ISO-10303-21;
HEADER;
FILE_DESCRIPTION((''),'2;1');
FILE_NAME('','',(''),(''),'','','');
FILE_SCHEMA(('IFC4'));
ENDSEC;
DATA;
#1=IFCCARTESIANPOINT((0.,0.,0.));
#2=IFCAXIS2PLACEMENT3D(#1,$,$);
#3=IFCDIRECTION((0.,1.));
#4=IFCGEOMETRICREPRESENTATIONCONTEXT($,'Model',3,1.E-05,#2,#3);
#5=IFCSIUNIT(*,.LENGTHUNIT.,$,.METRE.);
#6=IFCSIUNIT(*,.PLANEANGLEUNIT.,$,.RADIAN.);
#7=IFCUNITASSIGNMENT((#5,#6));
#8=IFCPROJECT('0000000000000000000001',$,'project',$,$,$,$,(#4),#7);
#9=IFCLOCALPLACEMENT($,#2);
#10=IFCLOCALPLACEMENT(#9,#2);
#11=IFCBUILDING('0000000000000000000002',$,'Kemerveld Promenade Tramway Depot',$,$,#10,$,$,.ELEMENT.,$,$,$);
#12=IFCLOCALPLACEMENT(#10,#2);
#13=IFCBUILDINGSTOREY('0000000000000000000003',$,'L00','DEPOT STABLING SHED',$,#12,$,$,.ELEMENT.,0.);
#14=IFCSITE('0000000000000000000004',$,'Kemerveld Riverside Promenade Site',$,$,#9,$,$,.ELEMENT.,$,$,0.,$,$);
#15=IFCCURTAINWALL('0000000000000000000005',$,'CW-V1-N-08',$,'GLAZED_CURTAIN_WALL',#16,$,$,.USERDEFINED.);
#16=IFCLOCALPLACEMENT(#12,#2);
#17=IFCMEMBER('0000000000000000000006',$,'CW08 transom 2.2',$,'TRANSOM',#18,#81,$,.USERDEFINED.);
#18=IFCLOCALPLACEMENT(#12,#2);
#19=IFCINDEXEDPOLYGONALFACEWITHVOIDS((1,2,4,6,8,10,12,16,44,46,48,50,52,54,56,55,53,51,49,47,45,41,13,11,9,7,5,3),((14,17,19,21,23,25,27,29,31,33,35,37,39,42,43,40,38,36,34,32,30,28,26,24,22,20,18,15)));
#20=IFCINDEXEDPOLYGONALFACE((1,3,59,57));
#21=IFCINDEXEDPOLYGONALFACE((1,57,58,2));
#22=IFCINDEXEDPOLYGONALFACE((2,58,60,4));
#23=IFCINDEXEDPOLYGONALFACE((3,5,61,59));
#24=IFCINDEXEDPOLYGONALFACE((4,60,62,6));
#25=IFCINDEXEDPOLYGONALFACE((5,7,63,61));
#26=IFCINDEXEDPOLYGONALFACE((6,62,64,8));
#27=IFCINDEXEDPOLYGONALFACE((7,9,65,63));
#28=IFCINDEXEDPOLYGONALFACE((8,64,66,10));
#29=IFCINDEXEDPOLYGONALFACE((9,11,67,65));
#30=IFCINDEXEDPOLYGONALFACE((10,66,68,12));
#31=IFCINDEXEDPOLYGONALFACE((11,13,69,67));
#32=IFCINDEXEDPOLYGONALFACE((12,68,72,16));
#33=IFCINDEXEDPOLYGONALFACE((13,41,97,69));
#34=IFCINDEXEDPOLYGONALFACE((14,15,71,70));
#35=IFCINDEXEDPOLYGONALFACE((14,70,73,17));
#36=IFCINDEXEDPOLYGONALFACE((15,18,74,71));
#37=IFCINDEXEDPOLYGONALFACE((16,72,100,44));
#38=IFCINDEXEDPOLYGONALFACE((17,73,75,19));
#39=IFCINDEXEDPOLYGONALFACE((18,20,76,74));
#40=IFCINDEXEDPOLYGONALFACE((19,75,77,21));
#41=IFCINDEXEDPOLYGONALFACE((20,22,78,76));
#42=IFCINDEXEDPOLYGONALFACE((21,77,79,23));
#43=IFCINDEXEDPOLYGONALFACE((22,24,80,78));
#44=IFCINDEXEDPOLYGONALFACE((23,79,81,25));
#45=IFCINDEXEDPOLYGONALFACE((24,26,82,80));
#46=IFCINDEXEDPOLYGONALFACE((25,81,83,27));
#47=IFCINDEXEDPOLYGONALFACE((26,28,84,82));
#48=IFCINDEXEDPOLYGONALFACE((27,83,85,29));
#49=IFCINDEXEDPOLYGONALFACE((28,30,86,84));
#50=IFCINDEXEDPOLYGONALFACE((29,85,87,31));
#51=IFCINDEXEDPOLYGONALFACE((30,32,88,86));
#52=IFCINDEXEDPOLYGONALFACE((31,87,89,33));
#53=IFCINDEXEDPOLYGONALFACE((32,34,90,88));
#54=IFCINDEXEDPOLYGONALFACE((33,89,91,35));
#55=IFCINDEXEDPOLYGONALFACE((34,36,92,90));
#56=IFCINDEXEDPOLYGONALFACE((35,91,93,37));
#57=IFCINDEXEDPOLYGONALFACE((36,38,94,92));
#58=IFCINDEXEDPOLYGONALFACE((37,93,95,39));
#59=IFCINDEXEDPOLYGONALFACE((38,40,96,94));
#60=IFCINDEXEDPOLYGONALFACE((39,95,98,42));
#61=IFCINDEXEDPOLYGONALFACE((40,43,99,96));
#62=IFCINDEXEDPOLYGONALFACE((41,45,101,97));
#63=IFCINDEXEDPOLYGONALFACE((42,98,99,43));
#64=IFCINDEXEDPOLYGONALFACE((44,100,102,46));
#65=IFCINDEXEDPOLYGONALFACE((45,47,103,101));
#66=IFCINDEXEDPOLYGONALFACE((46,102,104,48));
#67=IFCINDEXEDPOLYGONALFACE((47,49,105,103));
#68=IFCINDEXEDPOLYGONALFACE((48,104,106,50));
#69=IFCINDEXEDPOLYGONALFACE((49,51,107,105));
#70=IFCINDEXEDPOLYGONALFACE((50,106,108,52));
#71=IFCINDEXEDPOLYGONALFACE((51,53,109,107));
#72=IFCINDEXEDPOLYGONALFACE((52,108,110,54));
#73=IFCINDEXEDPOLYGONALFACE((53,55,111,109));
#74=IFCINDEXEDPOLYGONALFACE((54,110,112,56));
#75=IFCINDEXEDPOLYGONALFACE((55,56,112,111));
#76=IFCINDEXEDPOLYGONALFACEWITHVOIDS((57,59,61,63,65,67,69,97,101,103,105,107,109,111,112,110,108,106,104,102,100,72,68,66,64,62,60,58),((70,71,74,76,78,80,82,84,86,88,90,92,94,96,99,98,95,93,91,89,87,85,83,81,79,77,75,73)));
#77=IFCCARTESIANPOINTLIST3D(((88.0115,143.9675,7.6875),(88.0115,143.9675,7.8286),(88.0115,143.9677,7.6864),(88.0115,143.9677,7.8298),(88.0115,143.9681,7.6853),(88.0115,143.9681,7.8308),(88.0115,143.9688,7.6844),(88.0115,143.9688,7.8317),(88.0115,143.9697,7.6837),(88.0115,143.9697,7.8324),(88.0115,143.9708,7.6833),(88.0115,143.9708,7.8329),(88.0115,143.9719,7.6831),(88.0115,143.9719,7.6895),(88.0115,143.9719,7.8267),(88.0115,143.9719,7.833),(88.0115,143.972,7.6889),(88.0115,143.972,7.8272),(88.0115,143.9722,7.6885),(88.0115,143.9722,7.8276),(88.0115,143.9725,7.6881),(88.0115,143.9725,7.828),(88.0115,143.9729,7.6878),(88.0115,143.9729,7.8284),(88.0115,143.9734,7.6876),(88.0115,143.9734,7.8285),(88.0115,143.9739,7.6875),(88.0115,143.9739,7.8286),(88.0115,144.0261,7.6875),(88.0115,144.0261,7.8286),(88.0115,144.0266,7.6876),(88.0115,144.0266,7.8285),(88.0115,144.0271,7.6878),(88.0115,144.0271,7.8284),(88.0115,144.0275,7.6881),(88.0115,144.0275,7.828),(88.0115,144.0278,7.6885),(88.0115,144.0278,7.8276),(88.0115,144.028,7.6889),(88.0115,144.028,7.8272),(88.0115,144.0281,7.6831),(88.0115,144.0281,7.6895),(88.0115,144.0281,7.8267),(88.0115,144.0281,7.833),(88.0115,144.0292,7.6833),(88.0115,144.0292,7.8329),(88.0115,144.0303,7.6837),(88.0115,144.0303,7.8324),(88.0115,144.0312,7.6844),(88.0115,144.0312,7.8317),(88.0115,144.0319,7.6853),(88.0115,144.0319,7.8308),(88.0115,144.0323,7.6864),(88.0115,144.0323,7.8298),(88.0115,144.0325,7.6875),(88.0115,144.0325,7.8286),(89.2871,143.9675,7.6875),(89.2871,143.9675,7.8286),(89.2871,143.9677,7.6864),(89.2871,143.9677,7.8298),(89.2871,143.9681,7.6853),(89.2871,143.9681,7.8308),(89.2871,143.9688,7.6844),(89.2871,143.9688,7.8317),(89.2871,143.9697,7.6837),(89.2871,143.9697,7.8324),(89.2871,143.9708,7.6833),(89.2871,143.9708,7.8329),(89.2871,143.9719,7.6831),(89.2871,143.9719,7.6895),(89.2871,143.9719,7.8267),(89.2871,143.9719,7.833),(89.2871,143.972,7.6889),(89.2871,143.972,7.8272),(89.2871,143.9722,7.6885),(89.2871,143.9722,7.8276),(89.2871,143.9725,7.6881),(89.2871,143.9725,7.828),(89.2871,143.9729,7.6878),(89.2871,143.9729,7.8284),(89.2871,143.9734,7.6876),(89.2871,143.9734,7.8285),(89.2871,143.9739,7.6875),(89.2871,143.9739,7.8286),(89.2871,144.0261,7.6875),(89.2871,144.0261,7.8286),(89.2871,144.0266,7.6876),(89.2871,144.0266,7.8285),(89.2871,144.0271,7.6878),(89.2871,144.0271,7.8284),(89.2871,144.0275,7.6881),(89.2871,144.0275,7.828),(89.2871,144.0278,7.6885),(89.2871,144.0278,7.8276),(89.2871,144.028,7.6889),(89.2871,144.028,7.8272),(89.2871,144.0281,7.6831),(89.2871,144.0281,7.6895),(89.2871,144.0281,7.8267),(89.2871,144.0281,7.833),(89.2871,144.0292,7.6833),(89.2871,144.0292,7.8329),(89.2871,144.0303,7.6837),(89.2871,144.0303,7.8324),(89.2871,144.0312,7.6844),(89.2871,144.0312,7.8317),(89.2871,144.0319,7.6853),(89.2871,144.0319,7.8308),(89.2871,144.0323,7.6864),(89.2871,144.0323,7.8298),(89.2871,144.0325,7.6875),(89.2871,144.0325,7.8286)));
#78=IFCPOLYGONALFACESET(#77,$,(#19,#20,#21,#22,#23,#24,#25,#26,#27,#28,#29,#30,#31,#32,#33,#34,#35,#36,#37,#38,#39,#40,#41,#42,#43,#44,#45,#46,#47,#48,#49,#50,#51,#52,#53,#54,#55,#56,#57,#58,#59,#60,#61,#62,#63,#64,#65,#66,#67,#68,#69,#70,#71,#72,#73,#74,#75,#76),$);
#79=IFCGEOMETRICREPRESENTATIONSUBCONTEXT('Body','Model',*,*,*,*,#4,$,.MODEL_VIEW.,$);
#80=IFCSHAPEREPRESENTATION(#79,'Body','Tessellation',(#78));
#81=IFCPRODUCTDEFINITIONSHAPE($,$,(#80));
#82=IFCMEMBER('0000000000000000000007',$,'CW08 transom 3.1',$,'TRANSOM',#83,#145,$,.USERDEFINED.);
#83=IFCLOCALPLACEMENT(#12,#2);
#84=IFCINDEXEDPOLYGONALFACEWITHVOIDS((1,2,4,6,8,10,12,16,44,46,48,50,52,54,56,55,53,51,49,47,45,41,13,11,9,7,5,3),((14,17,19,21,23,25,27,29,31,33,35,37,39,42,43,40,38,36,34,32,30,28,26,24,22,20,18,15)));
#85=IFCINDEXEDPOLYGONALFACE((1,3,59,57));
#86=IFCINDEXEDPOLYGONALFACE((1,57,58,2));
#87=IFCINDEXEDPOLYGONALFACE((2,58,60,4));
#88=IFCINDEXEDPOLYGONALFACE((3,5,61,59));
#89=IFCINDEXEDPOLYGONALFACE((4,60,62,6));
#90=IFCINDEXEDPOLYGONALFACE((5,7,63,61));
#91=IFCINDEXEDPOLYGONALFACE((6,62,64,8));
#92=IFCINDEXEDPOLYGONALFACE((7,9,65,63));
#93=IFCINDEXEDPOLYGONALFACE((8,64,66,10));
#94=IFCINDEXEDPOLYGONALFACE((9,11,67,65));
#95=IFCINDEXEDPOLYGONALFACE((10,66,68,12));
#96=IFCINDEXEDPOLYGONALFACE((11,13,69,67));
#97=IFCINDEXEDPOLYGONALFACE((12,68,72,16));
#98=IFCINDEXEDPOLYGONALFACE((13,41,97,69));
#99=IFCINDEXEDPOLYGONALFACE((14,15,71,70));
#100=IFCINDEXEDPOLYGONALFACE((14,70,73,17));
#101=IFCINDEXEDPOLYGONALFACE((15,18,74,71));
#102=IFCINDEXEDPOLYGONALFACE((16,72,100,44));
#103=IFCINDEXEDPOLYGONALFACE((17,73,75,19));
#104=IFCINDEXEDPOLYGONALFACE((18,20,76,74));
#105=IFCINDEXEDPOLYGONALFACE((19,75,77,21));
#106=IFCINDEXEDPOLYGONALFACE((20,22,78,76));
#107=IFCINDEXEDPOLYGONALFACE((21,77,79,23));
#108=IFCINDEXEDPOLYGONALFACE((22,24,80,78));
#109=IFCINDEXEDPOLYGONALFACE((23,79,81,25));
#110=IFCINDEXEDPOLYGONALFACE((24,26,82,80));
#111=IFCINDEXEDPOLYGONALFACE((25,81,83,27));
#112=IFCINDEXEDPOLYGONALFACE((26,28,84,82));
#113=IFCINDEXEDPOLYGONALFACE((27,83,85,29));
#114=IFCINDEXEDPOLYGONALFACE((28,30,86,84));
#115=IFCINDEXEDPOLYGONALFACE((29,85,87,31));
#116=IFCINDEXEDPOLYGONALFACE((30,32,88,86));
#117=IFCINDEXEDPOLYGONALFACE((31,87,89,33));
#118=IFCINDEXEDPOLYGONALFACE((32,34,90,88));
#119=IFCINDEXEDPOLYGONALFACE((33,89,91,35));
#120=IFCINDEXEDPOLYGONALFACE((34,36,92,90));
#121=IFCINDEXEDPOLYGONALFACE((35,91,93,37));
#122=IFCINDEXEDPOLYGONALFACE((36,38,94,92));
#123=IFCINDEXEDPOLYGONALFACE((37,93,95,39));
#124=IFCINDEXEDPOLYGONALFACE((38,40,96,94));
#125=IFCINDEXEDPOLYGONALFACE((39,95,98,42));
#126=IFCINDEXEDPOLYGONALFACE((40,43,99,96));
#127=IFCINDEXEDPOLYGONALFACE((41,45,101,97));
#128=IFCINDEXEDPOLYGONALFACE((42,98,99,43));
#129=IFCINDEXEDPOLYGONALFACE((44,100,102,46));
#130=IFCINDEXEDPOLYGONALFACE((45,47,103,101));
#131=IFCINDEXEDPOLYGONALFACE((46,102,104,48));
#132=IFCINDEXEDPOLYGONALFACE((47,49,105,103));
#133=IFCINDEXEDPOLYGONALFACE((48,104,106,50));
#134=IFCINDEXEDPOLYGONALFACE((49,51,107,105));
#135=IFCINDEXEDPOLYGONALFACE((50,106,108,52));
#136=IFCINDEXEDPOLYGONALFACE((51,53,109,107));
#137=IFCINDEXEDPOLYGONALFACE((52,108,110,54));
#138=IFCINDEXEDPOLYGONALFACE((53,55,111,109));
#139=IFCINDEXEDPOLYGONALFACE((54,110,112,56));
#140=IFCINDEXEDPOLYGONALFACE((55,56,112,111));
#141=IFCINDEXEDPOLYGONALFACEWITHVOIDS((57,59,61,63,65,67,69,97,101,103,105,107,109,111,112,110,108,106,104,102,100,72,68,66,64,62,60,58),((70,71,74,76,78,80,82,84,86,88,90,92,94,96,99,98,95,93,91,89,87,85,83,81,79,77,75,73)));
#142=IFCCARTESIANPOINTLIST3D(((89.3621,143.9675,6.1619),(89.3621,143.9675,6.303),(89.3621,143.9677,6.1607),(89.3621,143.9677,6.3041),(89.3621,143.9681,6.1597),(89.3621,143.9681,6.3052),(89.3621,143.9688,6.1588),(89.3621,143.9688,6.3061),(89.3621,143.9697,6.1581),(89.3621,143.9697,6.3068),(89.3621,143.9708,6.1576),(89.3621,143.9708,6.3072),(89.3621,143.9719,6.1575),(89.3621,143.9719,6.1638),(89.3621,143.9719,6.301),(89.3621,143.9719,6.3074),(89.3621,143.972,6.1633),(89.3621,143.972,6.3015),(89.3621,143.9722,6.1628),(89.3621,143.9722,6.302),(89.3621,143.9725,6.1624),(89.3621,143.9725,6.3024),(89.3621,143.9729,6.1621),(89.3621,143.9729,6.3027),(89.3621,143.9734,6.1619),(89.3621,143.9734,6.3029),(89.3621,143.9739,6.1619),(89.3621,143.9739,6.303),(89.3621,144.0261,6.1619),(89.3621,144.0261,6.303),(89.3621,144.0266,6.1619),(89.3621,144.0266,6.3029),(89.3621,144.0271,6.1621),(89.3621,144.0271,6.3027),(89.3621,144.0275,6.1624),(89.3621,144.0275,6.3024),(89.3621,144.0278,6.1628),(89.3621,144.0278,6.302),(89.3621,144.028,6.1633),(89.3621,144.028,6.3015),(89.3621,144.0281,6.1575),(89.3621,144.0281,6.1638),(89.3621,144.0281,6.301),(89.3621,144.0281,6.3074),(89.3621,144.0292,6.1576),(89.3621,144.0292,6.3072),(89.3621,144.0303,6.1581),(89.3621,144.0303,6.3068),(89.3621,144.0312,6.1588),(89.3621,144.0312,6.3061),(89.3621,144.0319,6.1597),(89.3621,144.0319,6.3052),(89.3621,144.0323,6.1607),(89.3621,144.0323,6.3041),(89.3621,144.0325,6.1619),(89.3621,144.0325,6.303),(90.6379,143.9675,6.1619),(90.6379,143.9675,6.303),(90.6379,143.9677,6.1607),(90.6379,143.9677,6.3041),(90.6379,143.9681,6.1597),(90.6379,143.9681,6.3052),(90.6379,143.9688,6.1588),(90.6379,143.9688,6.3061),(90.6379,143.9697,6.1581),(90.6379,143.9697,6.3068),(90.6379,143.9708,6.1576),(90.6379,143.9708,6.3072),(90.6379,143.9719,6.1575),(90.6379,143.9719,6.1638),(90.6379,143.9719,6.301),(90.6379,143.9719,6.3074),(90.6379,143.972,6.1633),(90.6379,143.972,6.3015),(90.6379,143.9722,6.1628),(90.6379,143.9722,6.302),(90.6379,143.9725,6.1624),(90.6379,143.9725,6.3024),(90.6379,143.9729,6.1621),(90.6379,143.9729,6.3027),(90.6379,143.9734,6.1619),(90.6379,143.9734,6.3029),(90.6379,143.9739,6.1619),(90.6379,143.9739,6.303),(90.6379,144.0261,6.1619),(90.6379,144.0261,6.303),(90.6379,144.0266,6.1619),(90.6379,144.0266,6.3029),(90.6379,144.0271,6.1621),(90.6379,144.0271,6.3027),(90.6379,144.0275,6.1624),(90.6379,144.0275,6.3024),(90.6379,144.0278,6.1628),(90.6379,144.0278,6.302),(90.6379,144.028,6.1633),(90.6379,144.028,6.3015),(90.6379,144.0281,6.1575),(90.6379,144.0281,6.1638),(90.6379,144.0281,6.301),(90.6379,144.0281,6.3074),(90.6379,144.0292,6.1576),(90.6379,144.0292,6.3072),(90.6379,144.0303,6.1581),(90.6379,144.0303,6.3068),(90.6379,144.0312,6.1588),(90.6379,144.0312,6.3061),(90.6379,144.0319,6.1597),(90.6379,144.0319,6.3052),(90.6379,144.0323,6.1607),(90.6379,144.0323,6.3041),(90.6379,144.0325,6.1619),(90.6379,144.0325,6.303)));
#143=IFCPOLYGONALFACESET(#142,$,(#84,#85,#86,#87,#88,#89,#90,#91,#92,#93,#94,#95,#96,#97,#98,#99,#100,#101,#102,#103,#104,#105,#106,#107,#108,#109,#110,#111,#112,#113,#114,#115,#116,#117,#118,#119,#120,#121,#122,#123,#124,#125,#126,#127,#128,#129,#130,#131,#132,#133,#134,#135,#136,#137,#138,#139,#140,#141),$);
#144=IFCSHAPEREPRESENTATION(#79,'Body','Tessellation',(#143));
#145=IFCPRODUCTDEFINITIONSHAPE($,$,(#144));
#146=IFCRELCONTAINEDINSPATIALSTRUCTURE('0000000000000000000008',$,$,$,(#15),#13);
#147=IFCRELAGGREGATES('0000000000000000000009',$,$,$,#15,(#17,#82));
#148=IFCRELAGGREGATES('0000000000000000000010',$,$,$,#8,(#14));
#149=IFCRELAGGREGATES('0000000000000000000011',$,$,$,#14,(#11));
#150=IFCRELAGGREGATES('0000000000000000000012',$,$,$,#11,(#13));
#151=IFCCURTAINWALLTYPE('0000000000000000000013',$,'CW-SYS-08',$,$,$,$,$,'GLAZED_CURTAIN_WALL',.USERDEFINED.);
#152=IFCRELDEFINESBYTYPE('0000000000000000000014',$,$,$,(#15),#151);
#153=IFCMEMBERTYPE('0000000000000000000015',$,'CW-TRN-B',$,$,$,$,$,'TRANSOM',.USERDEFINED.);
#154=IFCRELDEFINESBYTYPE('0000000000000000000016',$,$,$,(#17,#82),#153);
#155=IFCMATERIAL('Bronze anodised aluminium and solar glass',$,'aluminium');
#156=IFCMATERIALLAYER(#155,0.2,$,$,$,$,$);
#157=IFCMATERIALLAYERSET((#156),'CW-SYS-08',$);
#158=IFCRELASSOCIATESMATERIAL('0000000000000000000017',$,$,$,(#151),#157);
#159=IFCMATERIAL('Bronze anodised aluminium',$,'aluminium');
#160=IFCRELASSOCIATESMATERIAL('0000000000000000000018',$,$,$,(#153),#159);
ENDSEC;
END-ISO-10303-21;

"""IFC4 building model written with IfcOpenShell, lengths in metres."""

from ifc_helpers import new_model, si_unit, direction, frame, origin, origin_2d, place, context, subcontext, project, spatial, hollow_rectangle, extrude, material, layer, layer_set, material_profile, profile_set, type_object, element, aggregate, save


model = new_model("IFC4")

# Units and contexts
model_context = context("Model", 3, precision=1e-05, world=origin(), true_north=direction((0.0, 1.0)))
body_context = subcontext(model_context, "Body", "Model", "MODEL_VIEW")
ifc_project = project(units=[si_unit("LENGTHUNIT", "METRE"), si_unit("PLANEANGLEUNIT", "RADIAN")], contexts=[model_context])

# Site, building, storey
site_placement = place(None, origin())
site = spatial("IfcSite", under=ifc_project, at=site_placement, Name="Kemerveld Riverside Promenade Site", CompositionType="ELEMENT", RefElevation=0.0)
building_placement = place(site_placement, origin())
building = spatial("IfcBuilding", under=site, at=building_placement, Name="Kemerveld Promenade Tramway Depot", CompositionType="ELEMENT")
storey_placement = place(building_placement, origin())
storey = spatial("IfcBuildingStorey", under=building, at=storey_placement, Name="L00", Description="DEPOT STABLING SHED", CompositionType="ELEMENT", Elevation=0.0)

# Shared definitions
ifc_material_1 = material(Name="Bronze anodised aluminium and solar glass", Category="aluminium")
ifc_material_2 = material(Name="Bronze anodised aluminium", Category="aluminium")

# Curtain wall
ifc_layer_1 = layer(ifc_material_1, 0.2)
ifc_layer_set_1 = layer_set([ifc_layer_1], Name="CW-SYS-08")
curtain_wall_type_1 = type_object("IfcCurtainWallType", Name="CW-SYS-08", ElementType="GLAZED_CURTAIN_WALL", PredefinedType="USERDEFINED", material=ifc_layer_set_1)
curtain_wall_1_placement = place(storey_placement, origin())
curtain_wall_1 = element("IfcCurtainWall", 1, at=curtain_wall_1_placement, inside=storey, type_object=curtain_wall_type_1, Name="CW-V1-N-08", ObjectType="GLAZED_CURTAIN_WALL", PredefinedType="USERDEFINED")

# Members
ifc_material_profile_1 = material_profile(ifc_material_2, hollow_rectangle(XDim=0.0649, YDim=0.1499, WallThickness=0.0044, InnerFilletRadius=0.002, OuterFilletRadius=0.0044, at=origin_2d()), Name="CW-TRN-150x65")
ifc_profile_set_1 = profile_set([ifc_material_profile_1], Name="Bronze anodised aluminium")
member_type_1 = type_object("IfcMemberType", Name="CW-TRN-B", ElementType="TRANSOM", PredefinedType="USERDEFINED", material=ifc_profile_set_1)
member_1_placement = place(storey_placement, frame((88.0115, 144.0, 7.7581), z_axis=(1.0, 0.0, 0.0), x_axis=(0.0, 1.0, 0.0)))
member_1 = element("IfcMember", 2, at=member_1_placement, type_object=member_type_1, Name="CW08 transom 2.2", ObjectType="TRANSOM", PredefinedType="USERDEFINED", context=body_context, shape_type="SweptSolid", body=[
    extrude(hollow_rectangle(XDim=0.0649, YDim=0.1499, WallThickness=0.0044, InnerFilletRadius=0.002, OuterFilletRadius=0.0044, at=origin_2d()), origin(), (0.0, 0.0, 1.0), 1.2756),
])
member_2_placement = place(storey_placement, frame((89.3621, 144.0, 6.2324), z_axis=(1.0, 0.0, 0.0), x_axis=(0.0, 1.0, 0.0)))
member_2 = element("IfcMember", 3, at=member_2_placement, type_object=member_type_1, Name="CW08 transom 3.1", ObjectType="TRANSOM", PredefinedType="USERDEFINED", context=body_context, shape_type="SweptSolid", body=[
    extrude(hollow_rectangle(XDim=0.0649, YDim=0.1499, WallThickness=0.0044, InnerFilletRadius=0.002, OuterFilletRadius=0.0044, at=origin_2d()), origin(), (0.0, 0.0, 1.0), 1.2759),
])

aggregate(curtain_wall_1, [member_1, member_2])

save(model, "model.ifc")
